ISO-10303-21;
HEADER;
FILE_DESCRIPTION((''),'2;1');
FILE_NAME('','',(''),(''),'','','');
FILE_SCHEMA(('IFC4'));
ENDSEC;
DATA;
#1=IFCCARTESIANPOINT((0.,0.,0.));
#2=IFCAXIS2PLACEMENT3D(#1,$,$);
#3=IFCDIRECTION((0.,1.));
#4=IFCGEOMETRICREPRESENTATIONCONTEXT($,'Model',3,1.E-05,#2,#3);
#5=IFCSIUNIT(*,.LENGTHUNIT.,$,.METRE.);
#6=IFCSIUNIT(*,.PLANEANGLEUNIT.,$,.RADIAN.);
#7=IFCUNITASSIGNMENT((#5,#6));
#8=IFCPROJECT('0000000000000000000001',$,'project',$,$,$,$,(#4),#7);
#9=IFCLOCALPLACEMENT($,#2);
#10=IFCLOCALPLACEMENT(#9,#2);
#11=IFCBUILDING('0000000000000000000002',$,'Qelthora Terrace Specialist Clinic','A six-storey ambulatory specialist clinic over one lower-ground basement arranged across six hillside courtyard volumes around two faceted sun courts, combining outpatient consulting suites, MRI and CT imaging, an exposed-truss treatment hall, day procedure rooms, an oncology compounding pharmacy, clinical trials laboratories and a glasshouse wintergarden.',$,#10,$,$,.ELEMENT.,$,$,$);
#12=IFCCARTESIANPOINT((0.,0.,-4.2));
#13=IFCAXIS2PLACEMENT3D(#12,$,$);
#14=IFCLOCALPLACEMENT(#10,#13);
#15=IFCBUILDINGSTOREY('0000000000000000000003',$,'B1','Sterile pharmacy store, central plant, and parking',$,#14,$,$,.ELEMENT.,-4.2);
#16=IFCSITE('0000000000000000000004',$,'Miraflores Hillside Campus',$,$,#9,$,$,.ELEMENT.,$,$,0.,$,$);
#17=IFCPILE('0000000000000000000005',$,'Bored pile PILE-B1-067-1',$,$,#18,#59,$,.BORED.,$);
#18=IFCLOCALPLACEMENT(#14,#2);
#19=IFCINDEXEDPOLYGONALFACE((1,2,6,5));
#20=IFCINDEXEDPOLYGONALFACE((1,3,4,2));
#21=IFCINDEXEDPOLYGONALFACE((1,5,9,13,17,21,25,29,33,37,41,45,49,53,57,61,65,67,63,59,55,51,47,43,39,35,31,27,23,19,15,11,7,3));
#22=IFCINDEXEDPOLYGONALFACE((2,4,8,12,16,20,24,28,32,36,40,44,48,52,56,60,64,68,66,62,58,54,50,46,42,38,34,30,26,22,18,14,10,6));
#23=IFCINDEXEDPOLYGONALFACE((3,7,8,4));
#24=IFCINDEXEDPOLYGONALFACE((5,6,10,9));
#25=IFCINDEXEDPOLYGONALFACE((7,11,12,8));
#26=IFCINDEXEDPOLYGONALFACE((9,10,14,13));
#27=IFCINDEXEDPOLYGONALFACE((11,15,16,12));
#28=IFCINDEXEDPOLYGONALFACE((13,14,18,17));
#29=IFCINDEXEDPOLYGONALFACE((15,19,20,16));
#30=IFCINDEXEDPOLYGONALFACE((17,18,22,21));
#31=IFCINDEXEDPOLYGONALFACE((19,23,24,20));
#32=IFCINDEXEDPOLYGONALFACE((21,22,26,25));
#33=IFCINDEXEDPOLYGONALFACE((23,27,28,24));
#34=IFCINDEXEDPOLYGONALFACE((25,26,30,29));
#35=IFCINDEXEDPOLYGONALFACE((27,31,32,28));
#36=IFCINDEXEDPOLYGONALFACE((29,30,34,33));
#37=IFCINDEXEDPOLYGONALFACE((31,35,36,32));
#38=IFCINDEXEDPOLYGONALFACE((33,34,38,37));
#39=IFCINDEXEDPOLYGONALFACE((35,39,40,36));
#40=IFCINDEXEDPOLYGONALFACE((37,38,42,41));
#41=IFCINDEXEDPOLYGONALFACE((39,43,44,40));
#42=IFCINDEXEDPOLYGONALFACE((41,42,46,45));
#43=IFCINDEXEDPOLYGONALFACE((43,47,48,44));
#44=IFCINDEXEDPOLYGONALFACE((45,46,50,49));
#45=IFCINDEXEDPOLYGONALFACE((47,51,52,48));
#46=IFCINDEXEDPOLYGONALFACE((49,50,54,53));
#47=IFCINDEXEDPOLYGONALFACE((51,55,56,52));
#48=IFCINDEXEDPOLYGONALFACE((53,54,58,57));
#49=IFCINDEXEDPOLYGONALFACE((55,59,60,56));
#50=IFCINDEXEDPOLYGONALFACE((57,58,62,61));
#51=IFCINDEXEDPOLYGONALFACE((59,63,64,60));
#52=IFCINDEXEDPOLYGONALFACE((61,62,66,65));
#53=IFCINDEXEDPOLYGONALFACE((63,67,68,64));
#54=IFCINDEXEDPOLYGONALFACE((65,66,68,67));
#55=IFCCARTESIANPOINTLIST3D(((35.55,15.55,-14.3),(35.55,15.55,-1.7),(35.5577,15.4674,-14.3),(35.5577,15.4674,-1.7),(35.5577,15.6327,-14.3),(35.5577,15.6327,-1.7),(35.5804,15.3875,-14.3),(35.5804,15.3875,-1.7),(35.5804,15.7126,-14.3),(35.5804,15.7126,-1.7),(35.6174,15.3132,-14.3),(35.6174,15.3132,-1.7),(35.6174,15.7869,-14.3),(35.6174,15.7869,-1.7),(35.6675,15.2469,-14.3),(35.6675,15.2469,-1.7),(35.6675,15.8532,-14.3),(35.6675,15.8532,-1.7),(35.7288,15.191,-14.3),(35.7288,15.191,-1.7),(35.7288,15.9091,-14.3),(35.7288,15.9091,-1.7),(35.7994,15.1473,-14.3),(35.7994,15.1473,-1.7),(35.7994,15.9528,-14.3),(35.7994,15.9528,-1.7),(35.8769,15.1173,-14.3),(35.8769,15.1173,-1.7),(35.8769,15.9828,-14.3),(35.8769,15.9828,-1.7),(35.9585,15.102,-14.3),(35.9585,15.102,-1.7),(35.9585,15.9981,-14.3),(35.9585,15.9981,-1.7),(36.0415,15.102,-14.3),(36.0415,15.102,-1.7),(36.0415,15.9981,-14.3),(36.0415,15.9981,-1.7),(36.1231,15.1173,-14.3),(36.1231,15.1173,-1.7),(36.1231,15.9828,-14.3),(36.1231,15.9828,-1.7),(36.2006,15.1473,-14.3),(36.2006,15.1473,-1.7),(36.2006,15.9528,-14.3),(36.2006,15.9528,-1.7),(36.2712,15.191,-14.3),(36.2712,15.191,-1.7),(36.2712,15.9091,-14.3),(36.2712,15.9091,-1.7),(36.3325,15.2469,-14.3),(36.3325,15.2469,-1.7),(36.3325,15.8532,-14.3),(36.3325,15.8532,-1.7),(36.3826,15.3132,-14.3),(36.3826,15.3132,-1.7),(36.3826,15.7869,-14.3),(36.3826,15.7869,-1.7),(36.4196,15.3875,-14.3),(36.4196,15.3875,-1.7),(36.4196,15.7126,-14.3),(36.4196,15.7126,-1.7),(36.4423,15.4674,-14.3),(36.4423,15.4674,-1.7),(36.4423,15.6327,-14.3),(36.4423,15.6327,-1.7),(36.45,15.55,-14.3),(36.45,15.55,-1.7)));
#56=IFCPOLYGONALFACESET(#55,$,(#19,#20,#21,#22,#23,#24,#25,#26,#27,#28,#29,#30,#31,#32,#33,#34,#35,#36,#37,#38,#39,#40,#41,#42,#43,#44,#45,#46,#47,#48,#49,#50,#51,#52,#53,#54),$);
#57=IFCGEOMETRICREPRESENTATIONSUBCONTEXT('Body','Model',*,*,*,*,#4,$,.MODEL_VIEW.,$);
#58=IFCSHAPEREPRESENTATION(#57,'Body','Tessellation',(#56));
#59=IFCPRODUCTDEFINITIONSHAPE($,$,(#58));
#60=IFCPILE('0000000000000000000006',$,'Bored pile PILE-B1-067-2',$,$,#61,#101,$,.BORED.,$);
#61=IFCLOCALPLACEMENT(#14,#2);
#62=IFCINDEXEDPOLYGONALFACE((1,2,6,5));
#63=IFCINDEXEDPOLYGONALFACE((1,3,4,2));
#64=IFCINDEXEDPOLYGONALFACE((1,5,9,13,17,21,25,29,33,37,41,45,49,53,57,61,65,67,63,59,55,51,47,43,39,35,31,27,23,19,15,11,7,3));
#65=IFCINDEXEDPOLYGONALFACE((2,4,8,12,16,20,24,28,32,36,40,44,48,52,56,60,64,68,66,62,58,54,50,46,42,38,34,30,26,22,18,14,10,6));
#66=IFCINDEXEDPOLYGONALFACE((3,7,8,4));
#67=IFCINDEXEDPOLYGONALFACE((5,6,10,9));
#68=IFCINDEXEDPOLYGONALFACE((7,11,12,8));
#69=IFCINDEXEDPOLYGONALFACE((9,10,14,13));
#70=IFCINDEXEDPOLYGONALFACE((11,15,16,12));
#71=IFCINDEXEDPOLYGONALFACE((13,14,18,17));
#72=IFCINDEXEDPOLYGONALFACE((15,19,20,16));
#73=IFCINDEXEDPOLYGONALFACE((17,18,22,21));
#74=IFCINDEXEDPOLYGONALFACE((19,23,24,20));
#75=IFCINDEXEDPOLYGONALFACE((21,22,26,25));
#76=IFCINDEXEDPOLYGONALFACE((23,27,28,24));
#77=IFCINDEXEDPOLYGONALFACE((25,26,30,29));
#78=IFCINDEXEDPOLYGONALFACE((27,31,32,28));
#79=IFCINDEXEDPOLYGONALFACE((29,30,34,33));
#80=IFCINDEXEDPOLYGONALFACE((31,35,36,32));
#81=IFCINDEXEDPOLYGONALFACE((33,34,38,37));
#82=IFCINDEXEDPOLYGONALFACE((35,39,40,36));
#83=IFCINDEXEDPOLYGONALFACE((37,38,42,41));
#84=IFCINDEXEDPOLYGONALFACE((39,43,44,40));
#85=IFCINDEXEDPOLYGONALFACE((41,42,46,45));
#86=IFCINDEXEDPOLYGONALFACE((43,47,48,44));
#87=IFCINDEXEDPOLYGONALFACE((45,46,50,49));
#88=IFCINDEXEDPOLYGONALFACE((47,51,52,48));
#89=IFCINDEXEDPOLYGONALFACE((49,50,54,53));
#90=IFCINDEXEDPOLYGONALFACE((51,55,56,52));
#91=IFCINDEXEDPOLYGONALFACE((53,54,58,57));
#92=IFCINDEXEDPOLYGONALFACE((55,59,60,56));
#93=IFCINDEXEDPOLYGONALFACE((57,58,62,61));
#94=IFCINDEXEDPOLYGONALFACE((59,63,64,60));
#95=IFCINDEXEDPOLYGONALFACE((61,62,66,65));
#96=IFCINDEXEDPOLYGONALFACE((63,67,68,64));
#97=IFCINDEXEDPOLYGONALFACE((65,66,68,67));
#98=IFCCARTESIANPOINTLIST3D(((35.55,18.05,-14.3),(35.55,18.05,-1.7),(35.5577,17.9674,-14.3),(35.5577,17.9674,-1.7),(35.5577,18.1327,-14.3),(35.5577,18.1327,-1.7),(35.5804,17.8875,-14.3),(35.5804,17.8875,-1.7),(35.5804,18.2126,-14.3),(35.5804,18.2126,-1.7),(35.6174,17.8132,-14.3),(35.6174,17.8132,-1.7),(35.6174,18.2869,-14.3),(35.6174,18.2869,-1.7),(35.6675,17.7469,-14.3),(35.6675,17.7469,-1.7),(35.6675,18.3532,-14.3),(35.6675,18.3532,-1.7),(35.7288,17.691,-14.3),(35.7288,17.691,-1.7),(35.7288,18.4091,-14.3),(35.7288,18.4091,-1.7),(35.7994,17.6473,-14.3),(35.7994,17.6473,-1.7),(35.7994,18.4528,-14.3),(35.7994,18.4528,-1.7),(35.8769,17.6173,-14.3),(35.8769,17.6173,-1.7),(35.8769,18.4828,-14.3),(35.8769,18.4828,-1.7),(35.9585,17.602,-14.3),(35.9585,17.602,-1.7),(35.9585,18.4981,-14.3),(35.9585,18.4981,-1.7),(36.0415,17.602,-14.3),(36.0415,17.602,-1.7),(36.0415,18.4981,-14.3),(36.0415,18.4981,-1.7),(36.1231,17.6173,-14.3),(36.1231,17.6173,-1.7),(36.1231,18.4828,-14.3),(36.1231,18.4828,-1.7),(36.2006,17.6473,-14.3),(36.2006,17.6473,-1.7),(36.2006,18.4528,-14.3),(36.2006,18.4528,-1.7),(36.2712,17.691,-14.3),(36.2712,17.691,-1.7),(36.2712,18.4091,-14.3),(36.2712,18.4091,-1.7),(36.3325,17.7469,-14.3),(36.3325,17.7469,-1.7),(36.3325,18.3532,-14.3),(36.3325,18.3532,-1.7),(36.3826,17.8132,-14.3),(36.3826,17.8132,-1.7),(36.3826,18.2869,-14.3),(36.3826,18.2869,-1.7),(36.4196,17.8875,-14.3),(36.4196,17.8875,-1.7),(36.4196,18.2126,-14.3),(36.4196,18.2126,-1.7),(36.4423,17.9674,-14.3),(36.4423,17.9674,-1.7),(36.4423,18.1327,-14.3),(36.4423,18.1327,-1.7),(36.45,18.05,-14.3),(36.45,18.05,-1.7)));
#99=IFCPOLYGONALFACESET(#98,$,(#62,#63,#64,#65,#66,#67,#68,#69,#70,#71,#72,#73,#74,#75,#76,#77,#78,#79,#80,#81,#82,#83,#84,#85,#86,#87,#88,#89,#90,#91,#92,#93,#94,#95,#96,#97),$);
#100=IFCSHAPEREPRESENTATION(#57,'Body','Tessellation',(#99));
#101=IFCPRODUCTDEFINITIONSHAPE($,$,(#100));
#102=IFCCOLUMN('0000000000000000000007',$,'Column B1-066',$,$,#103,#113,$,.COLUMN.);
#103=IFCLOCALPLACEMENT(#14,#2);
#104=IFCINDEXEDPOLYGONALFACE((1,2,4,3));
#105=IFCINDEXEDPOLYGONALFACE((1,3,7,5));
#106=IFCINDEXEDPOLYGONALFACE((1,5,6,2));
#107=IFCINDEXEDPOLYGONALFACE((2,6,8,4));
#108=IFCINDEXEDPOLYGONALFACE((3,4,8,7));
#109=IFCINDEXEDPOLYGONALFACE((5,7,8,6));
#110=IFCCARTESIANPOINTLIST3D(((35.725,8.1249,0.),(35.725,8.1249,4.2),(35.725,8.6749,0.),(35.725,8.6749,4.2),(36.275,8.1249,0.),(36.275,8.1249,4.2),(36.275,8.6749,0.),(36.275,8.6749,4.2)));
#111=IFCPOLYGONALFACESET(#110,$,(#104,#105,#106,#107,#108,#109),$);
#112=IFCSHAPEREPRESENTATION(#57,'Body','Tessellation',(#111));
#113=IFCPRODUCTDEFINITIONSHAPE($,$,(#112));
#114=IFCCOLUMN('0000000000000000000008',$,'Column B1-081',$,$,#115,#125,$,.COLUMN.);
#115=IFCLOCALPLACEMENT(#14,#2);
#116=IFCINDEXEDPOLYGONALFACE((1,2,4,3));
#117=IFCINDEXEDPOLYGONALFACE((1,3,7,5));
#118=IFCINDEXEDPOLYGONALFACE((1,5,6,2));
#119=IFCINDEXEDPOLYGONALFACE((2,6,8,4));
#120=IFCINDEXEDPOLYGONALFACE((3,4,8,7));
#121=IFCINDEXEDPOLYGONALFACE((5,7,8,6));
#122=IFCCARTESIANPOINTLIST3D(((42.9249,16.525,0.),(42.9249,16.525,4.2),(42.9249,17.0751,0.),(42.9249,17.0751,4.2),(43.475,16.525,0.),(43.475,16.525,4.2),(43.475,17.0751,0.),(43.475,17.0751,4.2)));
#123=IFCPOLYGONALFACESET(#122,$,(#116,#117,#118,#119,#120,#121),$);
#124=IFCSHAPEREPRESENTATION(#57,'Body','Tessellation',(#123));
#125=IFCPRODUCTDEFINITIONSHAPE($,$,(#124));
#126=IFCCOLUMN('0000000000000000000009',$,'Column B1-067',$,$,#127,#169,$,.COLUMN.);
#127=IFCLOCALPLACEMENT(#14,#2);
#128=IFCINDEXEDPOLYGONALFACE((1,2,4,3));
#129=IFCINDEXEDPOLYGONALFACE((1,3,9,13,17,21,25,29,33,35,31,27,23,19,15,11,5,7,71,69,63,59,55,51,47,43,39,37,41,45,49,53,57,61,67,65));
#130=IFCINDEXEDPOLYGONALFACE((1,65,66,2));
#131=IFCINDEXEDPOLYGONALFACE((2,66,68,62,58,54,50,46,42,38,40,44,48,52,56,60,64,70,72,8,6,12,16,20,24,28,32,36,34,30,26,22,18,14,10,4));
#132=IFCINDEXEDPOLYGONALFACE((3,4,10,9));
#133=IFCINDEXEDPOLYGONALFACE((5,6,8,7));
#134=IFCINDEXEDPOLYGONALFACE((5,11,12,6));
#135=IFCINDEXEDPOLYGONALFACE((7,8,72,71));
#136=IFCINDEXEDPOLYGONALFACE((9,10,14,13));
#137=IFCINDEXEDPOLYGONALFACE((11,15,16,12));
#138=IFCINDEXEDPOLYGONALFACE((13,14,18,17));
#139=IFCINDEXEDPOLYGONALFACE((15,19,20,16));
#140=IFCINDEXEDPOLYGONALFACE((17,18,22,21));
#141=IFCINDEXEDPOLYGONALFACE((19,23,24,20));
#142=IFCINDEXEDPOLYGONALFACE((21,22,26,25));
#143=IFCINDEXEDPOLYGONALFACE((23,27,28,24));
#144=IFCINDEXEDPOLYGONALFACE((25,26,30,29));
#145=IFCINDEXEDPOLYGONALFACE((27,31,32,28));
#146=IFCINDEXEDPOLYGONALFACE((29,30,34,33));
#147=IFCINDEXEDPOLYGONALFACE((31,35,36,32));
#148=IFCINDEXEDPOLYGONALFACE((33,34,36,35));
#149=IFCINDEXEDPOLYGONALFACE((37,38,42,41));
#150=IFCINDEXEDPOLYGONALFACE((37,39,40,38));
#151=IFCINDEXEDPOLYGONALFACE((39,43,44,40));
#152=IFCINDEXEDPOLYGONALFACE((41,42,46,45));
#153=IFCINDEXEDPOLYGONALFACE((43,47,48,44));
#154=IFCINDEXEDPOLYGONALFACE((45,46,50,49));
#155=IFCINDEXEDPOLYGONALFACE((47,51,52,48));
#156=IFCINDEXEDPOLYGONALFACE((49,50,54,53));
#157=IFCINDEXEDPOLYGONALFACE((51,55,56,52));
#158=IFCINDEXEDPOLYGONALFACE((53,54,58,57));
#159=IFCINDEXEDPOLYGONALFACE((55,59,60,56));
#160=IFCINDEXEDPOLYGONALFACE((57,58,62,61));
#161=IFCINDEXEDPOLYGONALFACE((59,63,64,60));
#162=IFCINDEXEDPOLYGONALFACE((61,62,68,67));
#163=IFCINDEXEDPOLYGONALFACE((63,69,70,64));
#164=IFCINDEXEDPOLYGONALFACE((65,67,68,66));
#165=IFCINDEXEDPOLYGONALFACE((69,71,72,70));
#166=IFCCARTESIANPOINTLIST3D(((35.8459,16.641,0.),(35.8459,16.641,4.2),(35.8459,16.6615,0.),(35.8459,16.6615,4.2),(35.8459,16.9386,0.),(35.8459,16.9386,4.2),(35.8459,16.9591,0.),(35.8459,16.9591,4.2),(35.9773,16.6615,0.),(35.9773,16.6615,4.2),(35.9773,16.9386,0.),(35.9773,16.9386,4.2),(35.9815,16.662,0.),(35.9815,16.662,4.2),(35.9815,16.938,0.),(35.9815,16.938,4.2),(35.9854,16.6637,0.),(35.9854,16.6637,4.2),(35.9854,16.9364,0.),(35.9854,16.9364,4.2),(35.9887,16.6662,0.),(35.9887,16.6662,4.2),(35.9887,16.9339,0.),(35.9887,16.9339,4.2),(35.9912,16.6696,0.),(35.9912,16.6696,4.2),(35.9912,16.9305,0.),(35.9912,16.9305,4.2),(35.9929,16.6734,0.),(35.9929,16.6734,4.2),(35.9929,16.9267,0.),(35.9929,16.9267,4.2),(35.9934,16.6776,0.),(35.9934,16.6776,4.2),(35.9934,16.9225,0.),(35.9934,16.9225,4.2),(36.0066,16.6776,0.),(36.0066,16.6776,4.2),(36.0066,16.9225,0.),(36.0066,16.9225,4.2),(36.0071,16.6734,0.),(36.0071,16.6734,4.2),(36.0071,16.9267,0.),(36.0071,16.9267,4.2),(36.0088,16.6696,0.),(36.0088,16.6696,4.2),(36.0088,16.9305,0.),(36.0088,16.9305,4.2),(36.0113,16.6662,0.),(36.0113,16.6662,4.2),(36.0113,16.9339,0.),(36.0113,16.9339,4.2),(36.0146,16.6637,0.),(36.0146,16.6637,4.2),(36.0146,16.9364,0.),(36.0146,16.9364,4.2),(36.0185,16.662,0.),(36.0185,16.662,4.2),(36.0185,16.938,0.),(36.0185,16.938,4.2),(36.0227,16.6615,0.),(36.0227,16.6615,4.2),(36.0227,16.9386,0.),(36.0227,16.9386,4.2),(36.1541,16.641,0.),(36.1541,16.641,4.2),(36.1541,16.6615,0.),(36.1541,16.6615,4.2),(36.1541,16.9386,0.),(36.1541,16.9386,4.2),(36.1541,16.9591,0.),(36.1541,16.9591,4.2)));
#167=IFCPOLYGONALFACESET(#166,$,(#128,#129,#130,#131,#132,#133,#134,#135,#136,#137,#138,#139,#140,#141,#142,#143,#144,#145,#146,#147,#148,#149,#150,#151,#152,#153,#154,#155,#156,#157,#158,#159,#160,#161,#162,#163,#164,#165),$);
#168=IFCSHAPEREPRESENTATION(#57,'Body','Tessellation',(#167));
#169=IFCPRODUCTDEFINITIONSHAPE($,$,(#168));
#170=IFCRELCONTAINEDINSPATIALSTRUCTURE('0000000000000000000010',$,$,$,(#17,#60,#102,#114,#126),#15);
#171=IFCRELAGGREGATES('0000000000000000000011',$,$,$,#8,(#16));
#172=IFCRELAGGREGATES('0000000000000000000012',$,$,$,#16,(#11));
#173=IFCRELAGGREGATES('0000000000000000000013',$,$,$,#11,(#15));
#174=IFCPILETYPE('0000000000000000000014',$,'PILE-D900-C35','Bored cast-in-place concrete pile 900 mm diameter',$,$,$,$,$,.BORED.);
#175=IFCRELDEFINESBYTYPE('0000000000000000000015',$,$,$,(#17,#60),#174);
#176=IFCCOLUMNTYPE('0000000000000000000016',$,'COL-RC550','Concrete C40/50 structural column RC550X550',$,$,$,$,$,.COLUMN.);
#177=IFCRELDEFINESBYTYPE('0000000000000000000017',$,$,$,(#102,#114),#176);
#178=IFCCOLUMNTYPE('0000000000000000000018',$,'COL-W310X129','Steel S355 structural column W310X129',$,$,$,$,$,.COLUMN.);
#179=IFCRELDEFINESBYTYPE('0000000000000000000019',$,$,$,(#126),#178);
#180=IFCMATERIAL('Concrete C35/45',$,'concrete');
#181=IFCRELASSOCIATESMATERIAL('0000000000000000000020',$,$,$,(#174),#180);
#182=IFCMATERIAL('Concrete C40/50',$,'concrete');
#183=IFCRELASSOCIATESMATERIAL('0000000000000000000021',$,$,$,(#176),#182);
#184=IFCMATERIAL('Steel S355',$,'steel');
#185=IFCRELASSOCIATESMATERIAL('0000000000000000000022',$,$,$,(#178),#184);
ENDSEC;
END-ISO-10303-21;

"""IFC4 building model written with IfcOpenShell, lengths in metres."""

from ifc_helpers import new_model, si_unit, direction, frame, origin, origin_2d, place, context, subcontext, project, spatial, rectangle, circle, i_section, extrude, material, material_profile, profile_set, type_object, element, save


model = new_model("IFC4")

# Units and contexts
model_context = context("Model", 3, precision=1e-05, world=origin(), true_north=direction((0.0, 1.0)))
body_context = subcontext(model_context, "Body", "Model", "MODEL_VIEW")
ifc_project = project(units=[si_unit("LENGTHUNIT", "METRE"), si_unit("PLANEANGLEUNIT", "RADIAN")], contexts=[model_context])

# Site, building, storey
site_placement = place(None, origin())
site = spatial("IfcSite", under=ifc_project, at=site_placement, Name="Miraflores Hillside Campus", CompositionType="ELEMENT", RefElevation=0.0)
building_placement = place(site_placement, origin())
building = spatial("IfcBuilding", under=site, at=building_placement, Name="Qelthora Terrace Specialist Clinic", Description="A six-storey ambulatory specialist clinic over one lower-ground basement arranged across six hillside courtyard volumes around two faceted sun courts, combining outpatient consulting suites, MRI and CT imaging, an exposed-truss treatment hall, day procedure rooms, an oncology compounding pharmacy, clinical trials laboratories and a glasshouse wintergarden.", CompositionType="ELEMENT")
storey_placement = place(building_placement, frame((0.0, 0.0, -4.2)))
storey = spatial("IfcBuildingStorey", under=building, at=storey_placement, Name="B1", Description="Sterile pharmacy store, central plant, and parking", CompositionType="ELEMENT", Elevation=-4.2)

# Shared definitions
ifc_material_1 = material(Name="Concrete C35/45", Category="concrete")

# Piles
ifc_material_profile_1 = material_profile(ifc_material_1, circle(Radius=0.45, at=origin_2d()), Name="PILE900")
ifc_profile_set_1 = profile_set([ifc_material_profile_1], Name="Concrete C35/45")
pile_type_1 = type_object("IfcPileType", Name="PILE-D900-C35", Description="Bored cast-in-place concrete pile 900 mm diameter", PredefinedType="BORED", material=ifc_profile_set_1)
for number, where, z_axis, x_axis, name in (
    (1, (36.0, 15.55, -1.7), (0.0, 0.0, -1.0), (1.0, 0.0, 0.0), "Bored pile PILE-B1-067-1"),
    (2, (36.0, 18.05, -1.7), (0.0, 0.0, -1.0), (1.0, 0.0, 0.0), "Bored pile PILE-B1-067-2"),
):
    element("IfcPile", number, at=place(storey_placement, frame(where, z_axis=z_axis, x_axis=x_axis)), inside=storey, type_object=pile_type_1, Name=name, PredefinedType="BORED", context=body_context, shape_type="SweptSolid", body=[
        extrude(circle(Radius=0.45, at=origin_2d()), origin(), (0.0, 0.0, 1.0), 12.6001),
    ])

# Columns
ifc_material_2 = material(Name="Concrete C40/50", Category="concrete")
ifc_material_profile_2 = material_profile(ifc_material_2, rectangle(XDim=0.55, YDim=0.55, at=origin_2d()), Name="RC550X550")
ifc_profile_set_2 = profile_set([ifc_material_profile_2], Name="Concrete C40/50")
column_type_1 = type_object("IfcColumnType", Name="COL-RC550", Description="Concrete C40/50 structural column RC550X550", PredefinedType="COLUMN", material=ifc_profile_set_2)
for number, where, z_axis, x_axis, name in (
    (3, (36.0, 8.3999, 0.0), (0.0, 0.0, 1.0), (1.0, 0.0, 0.0), "Column B1-066"),
    (4, (43.2, 16.8, 0.0), (0.0, 0.0, 1.0), (1.0, 0.0, 0.0), "Column B1-081"),
):
    element("IfcColumn", number, at=place(storey_placement, frame(where, z_axis=z_axis, x_axis=x_axis)), inside=storey, type_object=column_type_1, Name=name, PredefinedType="COLUMN", context=body_context, shape_type="SweptSolid", body=[
        extrude(rectangle(XDim=0.55, YDim=0.55, at=origin_2d()), origin(), (0.0, 0.0, 1.0), 4.2),
    ])
ifc_material_3 = material(Name="Steel S355", Category="steel")
ifc_material_profile_3 = material_profile(ifc_material_3, i_section(OverallWidth=0.3081, OverallDepth=0.3181, WebThickness=0.0132, FlangeThickness=0.0205, FilletRadius=0.0161, at=origin_2d()), Name="W310X129")
ifc_profile_set_3 = profile_set([ifc_material_profile_3], Name="Steel S355")
column_type_2 = type_object("IfcColumnType", Name="COL-W310X129", Description="Steel S355 structural column W310X129", PredefinedType="COLUMN", material=ifc_profile_set_3)
column_1_placement = place(storey_placement, frame((36.0, 16.8, 0.0), z_axis=(0.0, 0.0, 1.0), x_axis=(1.0, 0.0, 0.0)))
element("IfcColumn", 5, at=column_1_placement, inside=storey, type_object=column_type_2, Name="Column B1-067", PredefinedType="COLUMN", context=body_context, shape_type="SweptSolid", body=[
    extrude(i_section(OverallWidth=0.3081, OverallDepth=0.3181, WebThickness=0.0132, FlangeThickness=0.0205, FilletRadius=0.0161, at=origin_2d()), origin(), (0.0, 0.0, 1.0), 4.2),
])

save(model, "model.ifc")
